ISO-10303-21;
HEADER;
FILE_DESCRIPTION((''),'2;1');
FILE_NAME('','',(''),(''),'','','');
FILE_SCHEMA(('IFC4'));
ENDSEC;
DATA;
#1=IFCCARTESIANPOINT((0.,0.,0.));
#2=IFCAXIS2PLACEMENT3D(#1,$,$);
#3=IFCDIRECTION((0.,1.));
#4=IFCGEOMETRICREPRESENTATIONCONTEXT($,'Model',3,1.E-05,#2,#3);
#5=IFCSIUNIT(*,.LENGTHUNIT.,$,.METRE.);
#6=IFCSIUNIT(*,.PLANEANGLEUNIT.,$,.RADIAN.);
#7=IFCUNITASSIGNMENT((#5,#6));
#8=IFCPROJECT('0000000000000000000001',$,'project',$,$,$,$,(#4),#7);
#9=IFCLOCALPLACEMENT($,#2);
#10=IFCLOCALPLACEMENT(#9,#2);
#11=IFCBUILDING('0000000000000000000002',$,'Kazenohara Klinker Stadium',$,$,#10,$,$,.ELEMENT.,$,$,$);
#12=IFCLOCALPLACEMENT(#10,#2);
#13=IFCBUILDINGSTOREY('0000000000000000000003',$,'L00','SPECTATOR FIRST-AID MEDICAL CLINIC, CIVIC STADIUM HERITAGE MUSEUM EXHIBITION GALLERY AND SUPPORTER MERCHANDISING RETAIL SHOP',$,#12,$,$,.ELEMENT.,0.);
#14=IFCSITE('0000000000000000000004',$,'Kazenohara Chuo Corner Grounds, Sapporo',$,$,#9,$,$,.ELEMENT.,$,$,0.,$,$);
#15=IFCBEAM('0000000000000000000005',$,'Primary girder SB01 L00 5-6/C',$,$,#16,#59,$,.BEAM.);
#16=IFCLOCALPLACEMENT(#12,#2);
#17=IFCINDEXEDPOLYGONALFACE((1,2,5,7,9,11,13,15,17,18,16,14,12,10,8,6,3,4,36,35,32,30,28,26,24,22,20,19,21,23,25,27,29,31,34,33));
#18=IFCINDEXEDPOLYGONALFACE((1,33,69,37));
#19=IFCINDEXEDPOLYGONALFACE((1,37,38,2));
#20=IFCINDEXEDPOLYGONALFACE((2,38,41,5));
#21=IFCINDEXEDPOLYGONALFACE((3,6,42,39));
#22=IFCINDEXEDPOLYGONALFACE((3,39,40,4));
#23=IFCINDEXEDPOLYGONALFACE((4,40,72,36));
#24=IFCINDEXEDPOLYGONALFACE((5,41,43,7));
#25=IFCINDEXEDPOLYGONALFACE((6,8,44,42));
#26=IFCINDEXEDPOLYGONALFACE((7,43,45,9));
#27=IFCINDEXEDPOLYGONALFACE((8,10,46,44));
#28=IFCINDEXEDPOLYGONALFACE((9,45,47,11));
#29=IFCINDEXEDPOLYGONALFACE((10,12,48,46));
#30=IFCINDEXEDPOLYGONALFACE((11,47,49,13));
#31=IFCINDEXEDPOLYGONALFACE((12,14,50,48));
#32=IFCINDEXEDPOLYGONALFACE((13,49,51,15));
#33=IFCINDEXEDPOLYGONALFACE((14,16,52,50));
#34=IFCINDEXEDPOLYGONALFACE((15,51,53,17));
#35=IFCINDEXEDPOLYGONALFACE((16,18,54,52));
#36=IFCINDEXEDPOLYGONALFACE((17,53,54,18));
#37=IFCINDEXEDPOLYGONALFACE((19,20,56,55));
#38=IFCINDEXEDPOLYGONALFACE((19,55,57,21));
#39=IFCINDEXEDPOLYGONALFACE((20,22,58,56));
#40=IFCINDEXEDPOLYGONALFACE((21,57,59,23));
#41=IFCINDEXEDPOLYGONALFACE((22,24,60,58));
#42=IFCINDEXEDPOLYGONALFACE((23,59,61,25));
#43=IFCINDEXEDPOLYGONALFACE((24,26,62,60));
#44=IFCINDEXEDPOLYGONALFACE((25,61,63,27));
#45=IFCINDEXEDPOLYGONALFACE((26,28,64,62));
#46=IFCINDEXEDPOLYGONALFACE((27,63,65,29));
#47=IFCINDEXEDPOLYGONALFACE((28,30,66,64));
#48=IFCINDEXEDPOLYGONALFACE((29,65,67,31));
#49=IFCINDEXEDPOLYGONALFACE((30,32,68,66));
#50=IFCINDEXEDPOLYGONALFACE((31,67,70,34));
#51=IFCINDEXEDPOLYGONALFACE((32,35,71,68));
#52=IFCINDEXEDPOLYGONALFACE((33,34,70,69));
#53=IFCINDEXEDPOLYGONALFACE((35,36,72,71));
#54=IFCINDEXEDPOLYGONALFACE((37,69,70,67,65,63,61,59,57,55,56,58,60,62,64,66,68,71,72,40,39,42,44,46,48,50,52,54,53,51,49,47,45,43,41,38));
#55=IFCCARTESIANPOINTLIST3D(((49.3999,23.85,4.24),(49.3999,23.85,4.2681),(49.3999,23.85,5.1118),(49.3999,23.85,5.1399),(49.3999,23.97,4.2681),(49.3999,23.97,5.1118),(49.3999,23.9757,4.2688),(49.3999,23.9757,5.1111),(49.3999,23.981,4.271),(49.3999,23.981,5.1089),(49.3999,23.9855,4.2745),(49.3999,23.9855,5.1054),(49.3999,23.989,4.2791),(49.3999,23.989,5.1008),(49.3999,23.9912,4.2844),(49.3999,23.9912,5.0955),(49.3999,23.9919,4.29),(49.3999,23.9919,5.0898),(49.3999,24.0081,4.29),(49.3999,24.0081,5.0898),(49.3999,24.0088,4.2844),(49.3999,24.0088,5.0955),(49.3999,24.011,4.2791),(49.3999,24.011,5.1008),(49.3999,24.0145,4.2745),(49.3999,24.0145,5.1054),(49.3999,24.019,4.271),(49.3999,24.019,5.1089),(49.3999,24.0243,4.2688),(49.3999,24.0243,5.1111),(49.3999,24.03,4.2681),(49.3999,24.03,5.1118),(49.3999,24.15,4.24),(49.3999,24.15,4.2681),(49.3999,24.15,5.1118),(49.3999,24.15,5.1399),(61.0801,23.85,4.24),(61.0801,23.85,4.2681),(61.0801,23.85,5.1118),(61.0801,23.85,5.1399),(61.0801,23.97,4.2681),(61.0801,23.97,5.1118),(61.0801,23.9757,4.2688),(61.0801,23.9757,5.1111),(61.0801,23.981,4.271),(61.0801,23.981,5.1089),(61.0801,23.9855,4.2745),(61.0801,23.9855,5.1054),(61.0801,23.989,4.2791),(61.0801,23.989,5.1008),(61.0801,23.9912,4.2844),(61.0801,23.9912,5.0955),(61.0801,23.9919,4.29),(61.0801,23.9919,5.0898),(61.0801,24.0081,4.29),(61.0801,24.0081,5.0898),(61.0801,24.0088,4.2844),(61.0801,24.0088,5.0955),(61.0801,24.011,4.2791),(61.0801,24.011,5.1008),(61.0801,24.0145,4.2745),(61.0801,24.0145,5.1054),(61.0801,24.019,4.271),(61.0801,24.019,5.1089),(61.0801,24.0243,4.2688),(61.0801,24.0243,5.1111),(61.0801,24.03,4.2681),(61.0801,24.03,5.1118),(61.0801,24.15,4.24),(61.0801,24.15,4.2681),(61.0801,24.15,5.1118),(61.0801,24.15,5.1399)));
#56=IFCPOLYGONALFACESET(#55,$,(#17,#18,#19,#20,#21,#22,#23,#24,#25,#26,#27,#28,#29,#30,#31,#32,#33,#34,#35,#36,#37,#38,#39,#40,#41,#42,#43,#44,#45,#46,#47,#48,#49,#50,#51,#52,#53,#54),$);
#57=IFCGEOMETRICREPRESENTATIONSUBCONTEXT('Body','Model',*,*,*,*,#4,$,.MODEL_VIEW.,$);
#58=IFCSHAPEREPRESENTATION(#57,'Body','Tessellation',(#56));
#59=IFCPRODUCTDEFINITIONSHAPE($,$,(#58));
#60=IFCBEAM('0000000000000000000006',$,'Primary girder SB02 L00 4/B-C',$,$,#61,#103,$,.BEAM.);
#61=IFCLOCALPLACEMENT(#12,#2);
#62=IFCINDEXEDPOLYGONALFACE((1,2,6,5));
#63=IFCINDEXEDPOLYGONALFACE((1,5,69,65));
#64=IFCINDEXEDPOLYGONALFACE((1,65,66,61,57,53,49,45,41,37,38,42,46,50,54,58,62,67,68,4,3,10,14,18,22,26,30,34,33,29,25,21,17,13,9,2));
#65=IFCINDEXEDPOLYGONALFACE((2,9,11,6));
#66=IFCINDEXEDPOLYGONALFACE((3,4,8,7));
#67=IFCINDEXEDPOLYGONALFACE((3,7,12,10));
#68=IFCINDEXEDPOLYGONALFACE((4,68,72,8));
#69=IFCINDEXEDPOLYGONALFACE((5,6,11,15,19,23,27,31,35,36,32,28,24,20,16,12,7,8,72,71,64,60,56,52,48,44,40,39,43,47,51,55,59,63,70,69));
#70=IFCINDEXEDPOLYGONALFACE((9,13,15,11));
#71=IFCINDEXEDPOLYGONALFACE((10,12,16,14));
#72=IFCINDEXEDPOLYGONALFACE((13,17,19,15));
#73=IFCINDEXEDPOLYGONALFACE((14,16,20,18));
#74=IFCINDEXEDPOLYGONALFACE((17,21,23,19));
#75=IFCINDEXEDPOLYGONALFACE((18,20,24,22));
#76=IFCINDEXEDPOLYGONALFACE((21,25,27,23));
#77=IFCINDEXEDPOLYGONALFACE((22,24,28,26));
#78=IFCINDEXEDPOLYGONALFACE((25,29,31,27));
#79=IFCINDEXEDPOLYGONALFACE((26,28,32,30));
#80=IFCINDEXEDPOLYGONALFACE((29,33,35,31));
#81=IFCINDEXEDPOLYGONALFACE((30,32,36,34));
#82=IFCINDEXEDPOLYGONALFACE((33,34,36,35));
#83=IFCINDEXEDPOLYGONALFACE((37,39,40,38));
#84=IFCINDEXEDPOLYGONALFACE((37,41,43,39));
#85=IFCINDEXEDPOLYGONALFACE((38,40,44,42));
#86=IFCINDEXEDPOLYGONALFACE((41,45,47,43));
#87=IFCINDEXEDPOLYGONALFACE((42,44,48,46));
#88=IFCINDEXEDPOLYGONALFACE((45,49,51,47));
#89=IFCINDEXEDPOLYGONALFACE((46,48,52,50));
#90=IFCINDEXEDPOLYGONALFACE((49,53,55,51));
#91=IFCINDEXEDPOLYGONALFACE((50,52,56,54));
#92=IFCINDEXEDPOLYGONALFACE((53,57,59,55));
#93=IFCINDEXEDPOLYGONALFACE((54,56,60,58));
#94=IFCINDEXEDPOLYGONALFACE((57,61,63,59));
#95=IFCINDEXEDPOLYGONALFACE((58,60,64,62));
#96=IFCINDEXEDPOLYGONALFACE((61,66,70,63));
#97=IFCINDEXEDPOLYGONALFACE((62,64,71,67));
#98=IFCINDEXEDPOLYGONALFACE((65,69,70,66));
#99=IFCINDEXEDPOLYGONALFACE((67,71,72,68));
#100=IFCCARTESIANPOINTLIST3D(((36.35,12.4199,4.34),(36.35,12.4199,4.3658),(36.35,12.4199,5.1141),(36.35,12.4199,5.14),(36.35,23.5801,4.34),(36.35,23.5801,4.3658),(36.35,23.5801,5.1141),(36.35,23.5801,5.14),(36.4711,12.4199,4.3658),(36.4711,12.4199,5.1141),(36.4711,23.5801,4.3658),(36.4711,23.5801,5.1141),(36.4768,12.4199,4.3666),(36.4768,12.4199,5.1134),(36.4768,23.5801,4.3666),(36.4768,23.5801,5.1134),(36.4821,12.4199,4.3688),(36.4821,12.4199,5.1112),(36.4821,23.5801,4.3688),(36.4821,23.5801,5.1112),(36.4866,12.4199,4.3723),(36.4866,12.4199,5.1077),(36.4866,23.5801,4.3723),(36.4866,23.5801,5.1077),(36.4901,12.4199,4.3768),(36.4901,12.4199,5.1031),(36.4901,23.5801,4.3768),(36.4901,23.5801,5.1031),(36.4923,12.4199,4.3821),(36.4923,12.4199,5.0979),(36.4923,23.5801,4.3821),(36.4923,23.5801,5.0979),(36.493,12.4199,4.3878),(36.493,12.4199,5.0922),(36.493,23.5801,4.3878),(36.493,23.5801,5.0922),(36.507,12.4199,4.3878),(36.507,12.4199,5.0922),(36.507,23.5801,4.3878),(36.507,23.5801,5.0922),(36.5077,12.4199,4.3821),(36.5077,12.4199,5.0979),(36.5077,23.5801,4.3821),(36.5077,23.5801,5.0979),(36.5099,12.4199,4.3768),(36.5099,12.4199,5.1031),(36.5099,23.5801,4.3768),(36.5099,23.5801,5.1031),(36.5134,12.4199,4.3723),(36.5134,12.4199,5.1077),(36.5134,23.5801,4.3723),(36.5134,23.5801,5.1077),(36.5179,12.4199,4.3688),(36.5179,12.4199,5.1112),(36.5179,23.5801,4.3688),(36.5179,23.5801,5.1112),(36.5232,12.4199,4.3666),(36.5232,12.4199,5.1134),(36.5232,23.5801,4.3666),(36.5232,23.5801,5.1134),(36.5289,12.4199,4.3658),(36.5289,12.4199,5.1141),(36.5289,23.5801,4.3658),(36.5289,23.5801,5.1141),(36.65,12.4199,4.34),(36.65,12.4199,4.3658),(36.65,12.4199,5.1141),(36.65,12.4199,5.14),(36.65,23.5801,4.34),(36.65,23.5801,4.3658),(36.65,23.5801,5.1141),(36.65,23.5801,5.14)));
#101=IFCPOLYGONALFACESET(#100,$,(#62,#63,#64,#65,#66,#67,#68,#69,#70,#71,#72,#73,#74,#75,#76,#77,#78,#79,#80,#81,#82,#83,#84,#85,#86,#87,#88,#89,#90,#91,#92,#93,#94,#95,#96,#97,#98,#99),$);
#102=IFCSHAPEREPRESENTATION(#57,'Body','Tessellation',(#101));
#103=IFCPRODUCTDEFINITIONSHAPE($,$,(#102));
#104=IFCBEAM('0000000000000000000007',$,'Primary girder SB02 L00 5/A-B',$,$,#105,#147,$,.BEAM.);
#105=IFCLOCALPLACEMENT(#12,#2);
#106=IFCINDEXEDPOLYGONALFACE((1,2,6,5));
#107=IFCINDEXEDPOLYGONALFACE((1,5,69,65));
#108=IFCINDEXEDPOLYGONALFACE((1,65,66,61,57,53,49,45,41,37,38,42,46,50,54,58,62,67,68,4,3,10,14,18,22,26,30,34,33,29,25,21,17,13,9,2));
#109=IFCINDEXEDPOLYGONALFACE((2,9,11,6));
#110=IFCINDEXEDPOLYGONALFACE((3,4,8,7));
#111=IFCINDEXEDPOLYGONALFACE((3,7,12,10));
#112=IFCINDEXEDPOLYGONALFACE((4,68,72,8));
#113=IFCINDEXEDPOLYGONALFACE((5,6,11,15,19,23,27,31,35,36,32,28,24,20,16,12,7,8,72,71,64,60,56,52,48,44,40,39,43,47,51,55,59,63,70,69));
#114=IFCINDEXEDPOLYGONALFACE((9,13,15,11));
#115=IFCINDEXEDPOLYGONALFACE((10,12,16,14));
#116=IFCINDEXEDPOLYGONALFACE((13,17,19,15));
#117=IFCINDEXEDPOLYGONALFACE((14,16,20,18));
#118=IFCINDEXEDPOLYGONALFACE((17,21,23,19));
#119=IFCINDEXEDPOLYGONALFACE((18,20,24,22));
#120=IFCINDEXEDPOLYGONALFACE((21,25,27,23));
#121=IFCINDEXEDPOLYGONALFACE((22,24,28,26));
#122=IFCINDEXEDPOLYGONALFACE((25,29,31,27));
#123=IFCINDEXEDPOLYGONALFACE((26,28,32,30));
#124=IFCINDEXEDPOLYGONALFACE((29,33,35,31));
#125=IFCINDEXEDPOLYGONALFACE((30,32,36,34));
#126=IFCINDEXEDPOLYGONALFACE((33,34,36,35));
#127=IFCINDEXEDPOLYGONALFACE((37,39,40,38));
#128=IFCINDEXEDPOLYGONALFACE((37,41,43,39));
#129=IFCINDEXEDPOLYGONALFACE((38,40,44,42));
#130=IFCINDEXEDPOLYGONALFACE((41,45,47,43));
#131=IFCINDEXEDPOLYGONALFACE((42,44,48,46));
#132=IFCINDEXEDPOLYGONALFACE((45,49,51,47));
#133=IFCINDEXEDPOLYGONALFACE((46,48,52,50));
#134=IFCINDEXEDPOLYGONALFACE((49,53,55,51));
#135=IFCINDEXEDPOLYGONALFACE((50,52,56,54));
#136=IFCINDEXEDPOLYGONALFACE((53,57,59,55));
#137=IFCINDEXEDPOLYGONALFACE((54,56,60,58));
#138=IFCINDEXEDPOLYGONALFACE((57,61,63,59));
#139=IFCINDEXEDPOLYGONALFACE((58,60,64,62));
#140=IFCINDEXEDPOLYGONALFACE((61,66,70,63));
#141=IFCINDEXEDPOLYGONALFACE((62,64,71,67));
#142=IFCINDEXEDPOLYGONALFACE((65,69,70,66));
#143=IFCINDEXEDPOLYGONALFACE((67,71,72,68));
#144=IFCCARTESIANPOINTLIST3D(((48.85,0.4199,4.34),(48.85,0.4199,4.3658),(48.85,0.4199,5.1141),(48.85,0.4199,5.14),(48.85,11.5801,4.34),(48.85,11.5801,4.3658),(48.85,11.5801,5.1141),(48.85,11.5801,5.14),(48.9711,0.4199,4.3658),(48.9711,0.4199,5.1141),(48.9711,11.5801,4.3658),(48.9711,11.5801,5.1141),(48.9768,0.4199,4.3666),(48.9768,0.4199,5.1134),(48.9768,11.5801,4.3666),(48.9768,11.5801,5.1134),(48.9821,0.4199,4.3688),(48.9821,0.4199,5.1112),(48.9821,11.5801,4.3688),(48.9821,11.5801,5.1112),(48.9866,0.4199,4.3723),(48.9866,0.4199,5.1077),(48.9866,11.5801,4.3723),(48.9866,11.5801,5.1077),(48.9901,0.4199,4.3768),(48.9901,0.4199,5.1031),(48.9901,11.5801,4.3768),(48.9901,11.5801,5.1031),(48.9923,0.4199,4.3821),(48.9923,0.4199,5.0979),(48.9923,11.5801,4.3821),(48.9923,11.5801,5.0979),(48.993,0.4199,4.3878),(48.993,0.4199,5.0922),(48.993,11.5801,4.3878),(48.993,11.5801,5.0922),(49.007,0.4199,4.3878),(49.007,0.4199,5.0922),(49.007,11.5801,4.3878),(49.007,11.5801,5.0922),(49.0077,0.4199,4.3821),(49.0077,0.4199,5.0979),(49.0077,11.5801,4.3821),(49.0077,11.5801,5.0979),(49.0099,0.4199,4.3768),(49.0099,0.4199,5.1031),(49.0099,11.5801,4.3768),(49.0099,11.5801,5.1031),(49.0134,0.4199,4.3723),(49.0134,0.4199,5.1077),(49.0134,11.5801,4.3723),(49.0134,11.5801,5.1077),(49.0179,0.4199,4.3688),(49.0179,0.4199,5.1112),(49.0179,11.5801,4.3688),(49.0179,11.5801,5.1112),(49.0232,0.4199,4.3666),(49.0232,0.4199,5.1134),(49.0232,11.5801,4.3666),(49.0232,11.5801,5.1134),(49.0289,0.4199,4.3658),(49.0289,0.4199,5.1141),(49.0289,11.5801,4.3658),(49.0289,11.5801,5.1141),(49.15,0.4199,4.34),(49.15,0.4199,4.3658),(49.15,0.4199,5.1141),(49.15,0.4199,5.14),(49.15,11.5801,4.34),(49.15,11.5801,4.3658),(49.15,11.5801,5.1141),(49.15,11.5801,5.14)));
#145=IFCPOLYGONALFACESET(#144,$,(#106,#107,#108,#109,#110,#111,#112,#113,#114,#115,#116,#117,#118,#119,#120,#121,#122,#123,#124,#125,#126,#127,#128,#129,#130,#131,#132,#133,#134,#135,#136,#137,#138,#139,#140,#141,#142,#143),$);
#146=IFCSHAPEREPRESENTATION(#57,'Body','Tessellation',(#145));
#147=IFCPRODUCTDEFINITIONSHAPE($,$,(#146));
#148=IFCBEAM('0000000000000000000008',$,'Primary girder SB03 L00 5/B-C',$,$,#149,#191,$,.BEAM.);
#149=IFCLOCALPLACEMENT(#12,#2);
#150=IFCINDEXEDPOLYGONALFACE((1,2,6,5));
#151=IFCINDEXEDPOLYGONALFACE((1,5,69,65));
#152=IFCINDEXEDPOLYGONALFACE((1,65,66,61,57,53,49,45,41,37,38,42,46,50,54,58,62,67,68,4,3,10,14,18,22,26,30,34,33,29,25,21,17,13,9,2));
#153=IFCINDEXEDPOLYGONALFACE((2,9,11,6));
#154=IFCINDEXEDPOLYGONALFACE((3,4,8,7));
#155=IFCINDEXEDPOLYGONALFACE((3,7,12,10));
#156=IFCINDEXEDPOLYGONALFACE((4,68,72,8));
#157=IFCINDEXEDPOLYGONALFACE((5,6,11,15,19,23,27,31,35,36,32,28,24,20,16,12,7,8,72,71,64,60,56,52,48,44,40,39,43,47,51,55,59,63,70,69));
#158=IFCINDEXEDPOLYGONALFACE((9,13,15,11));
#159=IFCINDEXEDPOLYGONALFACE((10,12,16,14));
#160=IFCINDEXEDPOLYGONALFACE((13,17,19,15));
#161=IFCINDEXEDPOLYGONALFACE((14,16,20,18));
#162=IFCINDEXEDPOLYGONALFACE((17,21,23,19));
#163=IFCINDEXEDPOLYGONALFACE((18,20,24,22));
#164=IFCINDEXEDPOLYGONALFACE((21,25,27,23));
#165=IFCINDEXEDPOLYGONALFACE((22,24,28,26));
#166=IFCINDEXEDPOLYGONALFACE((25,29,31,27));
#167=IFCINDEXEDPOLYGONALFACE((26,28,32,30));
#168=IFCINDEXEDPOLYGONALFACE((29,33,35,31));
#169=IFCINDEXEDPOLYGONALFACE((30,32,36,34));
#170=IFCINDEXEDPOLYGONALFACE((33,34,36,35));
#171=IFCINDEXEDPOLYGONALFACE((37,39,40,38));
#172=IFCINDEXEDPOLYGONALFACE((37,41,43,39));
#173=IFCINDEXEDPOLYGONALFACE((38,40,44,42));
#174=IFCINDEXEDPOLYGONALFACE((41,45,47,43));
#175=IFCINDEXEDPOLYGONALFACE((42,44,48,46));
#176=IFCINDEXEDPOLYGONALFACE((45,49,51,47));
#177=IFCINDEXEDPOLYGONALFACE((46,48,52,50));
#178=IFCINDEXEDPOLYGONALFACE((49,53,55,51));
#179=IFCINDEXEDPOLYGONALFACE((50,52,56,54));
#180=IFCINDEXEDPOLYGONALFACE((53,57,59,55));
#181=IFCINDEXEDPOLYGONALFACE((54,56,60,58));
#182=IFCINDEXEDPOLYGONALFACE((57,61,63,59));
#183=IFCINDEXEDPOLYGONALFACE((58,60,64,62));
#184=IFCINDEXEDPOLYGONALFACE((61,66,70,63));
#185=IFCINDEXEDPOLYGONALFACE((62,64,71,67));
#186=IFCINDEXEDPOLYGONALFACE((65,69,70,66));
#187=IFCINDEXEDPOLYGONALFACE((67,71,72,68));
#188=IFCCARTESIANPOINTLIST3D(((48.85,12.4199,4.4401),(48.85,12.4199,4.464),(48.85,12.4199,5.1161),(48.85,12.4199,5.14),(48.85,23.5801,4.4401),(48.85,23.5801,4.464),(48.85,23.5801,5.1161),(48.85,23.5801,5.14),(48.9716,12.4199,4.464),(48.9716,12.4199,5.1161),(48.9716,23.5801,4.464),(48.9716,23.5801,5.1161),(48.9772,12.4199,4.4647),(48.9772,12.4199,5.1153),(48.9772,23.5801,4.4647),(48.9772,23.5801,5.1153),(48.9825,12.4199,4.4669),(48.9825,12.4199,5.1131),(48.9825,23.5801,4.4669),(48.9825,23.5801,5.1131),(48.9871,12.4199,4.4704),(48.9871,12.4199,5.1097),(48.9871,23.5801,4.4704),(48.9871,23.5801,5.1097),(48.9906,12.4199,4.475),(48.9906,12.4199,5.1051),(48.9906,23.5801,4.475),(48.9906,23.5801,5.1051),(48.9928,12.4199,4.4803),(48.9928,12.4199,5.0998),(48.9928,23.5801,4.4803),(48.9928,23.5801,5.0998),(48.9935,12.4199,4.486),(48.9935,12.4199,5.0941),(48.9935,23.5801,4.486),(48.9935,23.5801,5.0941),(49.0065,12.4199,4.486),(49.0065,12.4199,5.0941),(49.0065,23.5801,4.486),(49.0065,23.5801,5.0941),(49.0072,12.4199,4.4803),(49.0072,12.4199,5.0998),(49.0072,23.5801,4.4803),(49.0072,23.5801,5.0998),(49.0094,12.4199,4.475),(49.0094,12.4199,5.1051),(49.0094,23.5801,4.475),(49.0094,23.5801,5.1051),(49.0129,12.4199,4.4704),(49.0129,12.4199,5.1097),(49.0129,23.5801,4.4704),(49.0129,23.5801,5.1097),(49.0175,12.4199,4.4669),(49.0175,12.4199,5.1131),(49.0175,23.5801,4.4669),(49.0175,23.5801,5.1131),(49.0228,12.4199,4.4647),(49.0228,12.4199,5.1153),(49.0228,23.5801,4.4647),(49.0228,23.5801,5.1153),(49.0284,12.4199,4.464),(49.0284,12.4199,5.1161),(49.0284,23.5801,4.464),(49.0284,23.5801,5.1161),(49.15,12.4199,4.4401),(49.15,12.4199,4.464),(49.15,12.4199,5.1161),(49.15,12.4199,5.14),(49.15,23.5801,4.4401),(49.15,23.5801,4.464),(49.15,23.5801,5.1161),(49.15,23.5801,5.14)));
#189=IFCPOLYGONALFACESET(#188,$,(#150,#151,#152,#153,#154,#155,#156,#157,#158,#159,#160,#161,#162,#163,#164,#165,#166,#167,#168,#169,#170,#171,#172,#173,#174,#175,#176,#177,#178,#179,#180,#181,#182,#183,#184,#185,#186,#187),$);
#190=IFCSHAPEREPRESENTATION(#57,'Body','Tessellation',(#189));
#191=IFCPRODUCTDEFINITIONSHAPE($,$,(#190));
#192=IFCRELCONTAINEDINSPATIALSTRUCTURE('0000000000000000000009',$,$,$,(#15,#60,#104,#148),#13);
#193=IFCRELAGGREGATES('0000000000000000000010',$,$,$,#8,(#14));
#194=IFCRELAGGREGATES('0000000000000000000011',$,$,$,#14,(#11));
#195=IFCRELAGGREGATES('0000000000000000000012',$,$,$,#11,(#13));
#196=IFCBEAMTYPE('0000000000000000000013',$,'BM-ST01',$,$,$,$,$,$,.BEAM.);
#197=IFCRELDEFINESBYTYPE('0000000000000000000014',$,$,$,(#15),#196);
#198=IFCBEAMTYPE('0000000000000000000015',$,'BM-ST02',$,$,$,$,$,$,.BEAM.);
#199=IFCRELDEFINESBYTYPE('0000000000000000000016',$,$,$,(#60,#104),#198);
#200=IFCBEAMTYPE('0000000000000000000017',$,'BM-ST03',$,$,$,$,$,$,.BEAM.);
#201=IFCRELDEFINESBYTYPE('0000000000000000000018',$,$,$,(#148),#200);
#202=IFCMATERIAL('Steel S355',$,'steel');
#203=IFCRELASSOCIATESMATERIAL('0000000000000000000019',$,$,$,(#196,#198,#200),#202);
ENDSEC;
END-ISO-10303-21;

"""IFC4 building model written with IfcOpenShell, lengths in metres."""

from ifc_helpers import new_model, si_unit, direction, frame, origin, origin_2d, place, context, subcontext, project, spatial, i_section, extrude, material, material_profile, profile_set, type_object, element, save


model = new_model("IFC4")

# Units and contexts
model_context = context("Model", 3, precision=1e-05, world=origin(), true_north=direction((0.0, 1.0)))
body_context = subcontext(model_context, "Body", "Model", "MODEL_VIEW")
ifc_project = project(units=[si_unit("LENGTHUNIT", "METRE"), si_unit("PLANEANGLEUNIT", "RADIAN")], contexts=[model_context])

# Site, building, storey
site_placement = place(None, origin())
site = spatial("IfcSite", under=ifc_project, at=site_placement, Name="Kazenohara Chuo Corner Grounds, Sapporo", CompositionType="ELEMENT", RefElevation=0.0)
building_placement = place(site_placement, origin())
building = spatial("IfcBuilding", under=site, at=building_placement, Name="Kazenohara Klinker Stadium", CompositionType="ELEMENT")
storey_placement = place(building_placement, origin())
storey = spatial("IfcBuildingStorey", under=building, at=storey_placement, Name="L00", Description="SPECTATOR FIRST-AID MEDICAL CLINIC, CIVIC STADIUM HERITAGE MUSEUM EXHIBITION GALLERY AND SUPPORTER MERCHANDISING RETAIL SHOP", CompositionType="ELEMENT", Elevation=0.0)

# Beams
ifc_material_1 = material(Name="Steel S355", Category="steel")
ifc_material_profile_1 = material_profile(ifc_material_1, i_section(OverallWidth=0.3, OverallDepth=0.8999, WebThickness=0.0161, FlangeThickness=0.0281, FilletRadius=0.022, at=origin_2d()), Name="H-900x300x16x28")
ifc_profile_set_1 = profile_set([ifc_material_profile_1], Name="Steel S355")
beam_type_1 = type_object("IfcBeamType", Name="BM-ST01", PredefinedType="BEAM", material=ifc_profile_set_1)
beam_1_placement = place(storey_placement, frame((49.3999, 24.0, 4.6899), z_axis=(1.0, 0.0, 0.0), x_axis=(0.0, 1.0, 0.0)))
element("IfcBeam", 1, at=beam_1_placement, inside=storey, type_object=beam_type_1, Name="Primary girder SB01 L00 5-6/C", PredefinedType="BEAM", context=body_context, shape_type="SweptSolid", body=[
    extrude(i_section(OverallWidth=0.3, OverallDepth=0.8999, WebThickness=0.0161, FlangeThickness=0.0281, FilletRadius=0.022, at=origin_2d()), origin(), (0.0, 0.0, 1.0), 11.6802),
])
ifc_material_profile_2 = material_profile(ifc_material_1, i_section(OverallWidth=0.3, OverallDepth=0.8, WebThickness=0.0139, FlangeThickness=0.0259, FilletRadius=0.022, at=origin_2d()), Name="H-800x300x14x26")
ifc_profile_set_2 = profile_set([ifc_material_profile_2], Name="Steel S355")
beam_type_2 = type_object("IfcBeamType", Name="BM-ST02", PredefinedType="BEAM", material=ifc_profile_set_2)
for number, where, z_axis, x_axis, name in (
    (2, (36.5, 12.4199, 4.74), (0.0, 1.0, 0.0), (-1.0, 0.0, 0.0), "Primary girder SB02 L00 4/B-C"),
    (3, (49.0, 0.4199, 4.74), (0.0, 1.0, 0.0), (-1.0, 0.0, 0.0), "Primary girder SB02 L00 5/A-B"),
):
    element("IfcBeam", number, at=place(storey_placement, frame(where, z_axis=z_axis, x_axis=x_axis)), inside=storey, type_object=beam_type_2, Name=name, PredefinedType="BEAM", context=body_context, shape_type="SweptSolid", body=[
        extrude(i_section(OverallWidth=0.3, OverallDepth=0.8, WebThickness=0.0139, FlangeThickness=0.0259, FilletRadius=0.022, at=origin_2d()), origin(), (0.0, 0.0, 1.0), 11.1602),
    ])
ifc_material_profile_3 = material_profile(ifc_material_1, i_section(OverallWidth=0.3, OverallDepth=0.7, WebThickness=0.0129, FlangeThickness=0.0239, FilletRadius=0.022, at=origin_2d()), Name="H-700x300x13x24")
ifc_profile_set_3 = profile_set([ifc_material_profile_3], Name="Steel S355")
beam_type_3 = type_object("IfcBeamType", Name="BM-ST03", PredefinedType="BEAM", material=ifc_profile_set_3)
beam_2_placement = place(storey_placement, frame((49.0, 12.4199, 4.79), z_axis=(0.0, 1.0, 0.0), x_axis=(-1.0, 0.0, 0.0)))
element("IfcBeam", 4, at=beam_2_placement, inside=storey, type_object=beam_type_3, Name="Primary girder SB03 L00 5/B-C", PredefinedType="BEAM", context=body_context, shape_type="SweptSolid", body=[
    extrude(i_section(OverallWidth=0.3, OverallDepth=0.7, WebThickness=0.0129, FlangeThickness=0.0239, FilletRadius=0.022, at=origin_2d()), origin(), (0.0, 0.0, 1.0), 11.1602),
])

save(model, "model.ifc")
